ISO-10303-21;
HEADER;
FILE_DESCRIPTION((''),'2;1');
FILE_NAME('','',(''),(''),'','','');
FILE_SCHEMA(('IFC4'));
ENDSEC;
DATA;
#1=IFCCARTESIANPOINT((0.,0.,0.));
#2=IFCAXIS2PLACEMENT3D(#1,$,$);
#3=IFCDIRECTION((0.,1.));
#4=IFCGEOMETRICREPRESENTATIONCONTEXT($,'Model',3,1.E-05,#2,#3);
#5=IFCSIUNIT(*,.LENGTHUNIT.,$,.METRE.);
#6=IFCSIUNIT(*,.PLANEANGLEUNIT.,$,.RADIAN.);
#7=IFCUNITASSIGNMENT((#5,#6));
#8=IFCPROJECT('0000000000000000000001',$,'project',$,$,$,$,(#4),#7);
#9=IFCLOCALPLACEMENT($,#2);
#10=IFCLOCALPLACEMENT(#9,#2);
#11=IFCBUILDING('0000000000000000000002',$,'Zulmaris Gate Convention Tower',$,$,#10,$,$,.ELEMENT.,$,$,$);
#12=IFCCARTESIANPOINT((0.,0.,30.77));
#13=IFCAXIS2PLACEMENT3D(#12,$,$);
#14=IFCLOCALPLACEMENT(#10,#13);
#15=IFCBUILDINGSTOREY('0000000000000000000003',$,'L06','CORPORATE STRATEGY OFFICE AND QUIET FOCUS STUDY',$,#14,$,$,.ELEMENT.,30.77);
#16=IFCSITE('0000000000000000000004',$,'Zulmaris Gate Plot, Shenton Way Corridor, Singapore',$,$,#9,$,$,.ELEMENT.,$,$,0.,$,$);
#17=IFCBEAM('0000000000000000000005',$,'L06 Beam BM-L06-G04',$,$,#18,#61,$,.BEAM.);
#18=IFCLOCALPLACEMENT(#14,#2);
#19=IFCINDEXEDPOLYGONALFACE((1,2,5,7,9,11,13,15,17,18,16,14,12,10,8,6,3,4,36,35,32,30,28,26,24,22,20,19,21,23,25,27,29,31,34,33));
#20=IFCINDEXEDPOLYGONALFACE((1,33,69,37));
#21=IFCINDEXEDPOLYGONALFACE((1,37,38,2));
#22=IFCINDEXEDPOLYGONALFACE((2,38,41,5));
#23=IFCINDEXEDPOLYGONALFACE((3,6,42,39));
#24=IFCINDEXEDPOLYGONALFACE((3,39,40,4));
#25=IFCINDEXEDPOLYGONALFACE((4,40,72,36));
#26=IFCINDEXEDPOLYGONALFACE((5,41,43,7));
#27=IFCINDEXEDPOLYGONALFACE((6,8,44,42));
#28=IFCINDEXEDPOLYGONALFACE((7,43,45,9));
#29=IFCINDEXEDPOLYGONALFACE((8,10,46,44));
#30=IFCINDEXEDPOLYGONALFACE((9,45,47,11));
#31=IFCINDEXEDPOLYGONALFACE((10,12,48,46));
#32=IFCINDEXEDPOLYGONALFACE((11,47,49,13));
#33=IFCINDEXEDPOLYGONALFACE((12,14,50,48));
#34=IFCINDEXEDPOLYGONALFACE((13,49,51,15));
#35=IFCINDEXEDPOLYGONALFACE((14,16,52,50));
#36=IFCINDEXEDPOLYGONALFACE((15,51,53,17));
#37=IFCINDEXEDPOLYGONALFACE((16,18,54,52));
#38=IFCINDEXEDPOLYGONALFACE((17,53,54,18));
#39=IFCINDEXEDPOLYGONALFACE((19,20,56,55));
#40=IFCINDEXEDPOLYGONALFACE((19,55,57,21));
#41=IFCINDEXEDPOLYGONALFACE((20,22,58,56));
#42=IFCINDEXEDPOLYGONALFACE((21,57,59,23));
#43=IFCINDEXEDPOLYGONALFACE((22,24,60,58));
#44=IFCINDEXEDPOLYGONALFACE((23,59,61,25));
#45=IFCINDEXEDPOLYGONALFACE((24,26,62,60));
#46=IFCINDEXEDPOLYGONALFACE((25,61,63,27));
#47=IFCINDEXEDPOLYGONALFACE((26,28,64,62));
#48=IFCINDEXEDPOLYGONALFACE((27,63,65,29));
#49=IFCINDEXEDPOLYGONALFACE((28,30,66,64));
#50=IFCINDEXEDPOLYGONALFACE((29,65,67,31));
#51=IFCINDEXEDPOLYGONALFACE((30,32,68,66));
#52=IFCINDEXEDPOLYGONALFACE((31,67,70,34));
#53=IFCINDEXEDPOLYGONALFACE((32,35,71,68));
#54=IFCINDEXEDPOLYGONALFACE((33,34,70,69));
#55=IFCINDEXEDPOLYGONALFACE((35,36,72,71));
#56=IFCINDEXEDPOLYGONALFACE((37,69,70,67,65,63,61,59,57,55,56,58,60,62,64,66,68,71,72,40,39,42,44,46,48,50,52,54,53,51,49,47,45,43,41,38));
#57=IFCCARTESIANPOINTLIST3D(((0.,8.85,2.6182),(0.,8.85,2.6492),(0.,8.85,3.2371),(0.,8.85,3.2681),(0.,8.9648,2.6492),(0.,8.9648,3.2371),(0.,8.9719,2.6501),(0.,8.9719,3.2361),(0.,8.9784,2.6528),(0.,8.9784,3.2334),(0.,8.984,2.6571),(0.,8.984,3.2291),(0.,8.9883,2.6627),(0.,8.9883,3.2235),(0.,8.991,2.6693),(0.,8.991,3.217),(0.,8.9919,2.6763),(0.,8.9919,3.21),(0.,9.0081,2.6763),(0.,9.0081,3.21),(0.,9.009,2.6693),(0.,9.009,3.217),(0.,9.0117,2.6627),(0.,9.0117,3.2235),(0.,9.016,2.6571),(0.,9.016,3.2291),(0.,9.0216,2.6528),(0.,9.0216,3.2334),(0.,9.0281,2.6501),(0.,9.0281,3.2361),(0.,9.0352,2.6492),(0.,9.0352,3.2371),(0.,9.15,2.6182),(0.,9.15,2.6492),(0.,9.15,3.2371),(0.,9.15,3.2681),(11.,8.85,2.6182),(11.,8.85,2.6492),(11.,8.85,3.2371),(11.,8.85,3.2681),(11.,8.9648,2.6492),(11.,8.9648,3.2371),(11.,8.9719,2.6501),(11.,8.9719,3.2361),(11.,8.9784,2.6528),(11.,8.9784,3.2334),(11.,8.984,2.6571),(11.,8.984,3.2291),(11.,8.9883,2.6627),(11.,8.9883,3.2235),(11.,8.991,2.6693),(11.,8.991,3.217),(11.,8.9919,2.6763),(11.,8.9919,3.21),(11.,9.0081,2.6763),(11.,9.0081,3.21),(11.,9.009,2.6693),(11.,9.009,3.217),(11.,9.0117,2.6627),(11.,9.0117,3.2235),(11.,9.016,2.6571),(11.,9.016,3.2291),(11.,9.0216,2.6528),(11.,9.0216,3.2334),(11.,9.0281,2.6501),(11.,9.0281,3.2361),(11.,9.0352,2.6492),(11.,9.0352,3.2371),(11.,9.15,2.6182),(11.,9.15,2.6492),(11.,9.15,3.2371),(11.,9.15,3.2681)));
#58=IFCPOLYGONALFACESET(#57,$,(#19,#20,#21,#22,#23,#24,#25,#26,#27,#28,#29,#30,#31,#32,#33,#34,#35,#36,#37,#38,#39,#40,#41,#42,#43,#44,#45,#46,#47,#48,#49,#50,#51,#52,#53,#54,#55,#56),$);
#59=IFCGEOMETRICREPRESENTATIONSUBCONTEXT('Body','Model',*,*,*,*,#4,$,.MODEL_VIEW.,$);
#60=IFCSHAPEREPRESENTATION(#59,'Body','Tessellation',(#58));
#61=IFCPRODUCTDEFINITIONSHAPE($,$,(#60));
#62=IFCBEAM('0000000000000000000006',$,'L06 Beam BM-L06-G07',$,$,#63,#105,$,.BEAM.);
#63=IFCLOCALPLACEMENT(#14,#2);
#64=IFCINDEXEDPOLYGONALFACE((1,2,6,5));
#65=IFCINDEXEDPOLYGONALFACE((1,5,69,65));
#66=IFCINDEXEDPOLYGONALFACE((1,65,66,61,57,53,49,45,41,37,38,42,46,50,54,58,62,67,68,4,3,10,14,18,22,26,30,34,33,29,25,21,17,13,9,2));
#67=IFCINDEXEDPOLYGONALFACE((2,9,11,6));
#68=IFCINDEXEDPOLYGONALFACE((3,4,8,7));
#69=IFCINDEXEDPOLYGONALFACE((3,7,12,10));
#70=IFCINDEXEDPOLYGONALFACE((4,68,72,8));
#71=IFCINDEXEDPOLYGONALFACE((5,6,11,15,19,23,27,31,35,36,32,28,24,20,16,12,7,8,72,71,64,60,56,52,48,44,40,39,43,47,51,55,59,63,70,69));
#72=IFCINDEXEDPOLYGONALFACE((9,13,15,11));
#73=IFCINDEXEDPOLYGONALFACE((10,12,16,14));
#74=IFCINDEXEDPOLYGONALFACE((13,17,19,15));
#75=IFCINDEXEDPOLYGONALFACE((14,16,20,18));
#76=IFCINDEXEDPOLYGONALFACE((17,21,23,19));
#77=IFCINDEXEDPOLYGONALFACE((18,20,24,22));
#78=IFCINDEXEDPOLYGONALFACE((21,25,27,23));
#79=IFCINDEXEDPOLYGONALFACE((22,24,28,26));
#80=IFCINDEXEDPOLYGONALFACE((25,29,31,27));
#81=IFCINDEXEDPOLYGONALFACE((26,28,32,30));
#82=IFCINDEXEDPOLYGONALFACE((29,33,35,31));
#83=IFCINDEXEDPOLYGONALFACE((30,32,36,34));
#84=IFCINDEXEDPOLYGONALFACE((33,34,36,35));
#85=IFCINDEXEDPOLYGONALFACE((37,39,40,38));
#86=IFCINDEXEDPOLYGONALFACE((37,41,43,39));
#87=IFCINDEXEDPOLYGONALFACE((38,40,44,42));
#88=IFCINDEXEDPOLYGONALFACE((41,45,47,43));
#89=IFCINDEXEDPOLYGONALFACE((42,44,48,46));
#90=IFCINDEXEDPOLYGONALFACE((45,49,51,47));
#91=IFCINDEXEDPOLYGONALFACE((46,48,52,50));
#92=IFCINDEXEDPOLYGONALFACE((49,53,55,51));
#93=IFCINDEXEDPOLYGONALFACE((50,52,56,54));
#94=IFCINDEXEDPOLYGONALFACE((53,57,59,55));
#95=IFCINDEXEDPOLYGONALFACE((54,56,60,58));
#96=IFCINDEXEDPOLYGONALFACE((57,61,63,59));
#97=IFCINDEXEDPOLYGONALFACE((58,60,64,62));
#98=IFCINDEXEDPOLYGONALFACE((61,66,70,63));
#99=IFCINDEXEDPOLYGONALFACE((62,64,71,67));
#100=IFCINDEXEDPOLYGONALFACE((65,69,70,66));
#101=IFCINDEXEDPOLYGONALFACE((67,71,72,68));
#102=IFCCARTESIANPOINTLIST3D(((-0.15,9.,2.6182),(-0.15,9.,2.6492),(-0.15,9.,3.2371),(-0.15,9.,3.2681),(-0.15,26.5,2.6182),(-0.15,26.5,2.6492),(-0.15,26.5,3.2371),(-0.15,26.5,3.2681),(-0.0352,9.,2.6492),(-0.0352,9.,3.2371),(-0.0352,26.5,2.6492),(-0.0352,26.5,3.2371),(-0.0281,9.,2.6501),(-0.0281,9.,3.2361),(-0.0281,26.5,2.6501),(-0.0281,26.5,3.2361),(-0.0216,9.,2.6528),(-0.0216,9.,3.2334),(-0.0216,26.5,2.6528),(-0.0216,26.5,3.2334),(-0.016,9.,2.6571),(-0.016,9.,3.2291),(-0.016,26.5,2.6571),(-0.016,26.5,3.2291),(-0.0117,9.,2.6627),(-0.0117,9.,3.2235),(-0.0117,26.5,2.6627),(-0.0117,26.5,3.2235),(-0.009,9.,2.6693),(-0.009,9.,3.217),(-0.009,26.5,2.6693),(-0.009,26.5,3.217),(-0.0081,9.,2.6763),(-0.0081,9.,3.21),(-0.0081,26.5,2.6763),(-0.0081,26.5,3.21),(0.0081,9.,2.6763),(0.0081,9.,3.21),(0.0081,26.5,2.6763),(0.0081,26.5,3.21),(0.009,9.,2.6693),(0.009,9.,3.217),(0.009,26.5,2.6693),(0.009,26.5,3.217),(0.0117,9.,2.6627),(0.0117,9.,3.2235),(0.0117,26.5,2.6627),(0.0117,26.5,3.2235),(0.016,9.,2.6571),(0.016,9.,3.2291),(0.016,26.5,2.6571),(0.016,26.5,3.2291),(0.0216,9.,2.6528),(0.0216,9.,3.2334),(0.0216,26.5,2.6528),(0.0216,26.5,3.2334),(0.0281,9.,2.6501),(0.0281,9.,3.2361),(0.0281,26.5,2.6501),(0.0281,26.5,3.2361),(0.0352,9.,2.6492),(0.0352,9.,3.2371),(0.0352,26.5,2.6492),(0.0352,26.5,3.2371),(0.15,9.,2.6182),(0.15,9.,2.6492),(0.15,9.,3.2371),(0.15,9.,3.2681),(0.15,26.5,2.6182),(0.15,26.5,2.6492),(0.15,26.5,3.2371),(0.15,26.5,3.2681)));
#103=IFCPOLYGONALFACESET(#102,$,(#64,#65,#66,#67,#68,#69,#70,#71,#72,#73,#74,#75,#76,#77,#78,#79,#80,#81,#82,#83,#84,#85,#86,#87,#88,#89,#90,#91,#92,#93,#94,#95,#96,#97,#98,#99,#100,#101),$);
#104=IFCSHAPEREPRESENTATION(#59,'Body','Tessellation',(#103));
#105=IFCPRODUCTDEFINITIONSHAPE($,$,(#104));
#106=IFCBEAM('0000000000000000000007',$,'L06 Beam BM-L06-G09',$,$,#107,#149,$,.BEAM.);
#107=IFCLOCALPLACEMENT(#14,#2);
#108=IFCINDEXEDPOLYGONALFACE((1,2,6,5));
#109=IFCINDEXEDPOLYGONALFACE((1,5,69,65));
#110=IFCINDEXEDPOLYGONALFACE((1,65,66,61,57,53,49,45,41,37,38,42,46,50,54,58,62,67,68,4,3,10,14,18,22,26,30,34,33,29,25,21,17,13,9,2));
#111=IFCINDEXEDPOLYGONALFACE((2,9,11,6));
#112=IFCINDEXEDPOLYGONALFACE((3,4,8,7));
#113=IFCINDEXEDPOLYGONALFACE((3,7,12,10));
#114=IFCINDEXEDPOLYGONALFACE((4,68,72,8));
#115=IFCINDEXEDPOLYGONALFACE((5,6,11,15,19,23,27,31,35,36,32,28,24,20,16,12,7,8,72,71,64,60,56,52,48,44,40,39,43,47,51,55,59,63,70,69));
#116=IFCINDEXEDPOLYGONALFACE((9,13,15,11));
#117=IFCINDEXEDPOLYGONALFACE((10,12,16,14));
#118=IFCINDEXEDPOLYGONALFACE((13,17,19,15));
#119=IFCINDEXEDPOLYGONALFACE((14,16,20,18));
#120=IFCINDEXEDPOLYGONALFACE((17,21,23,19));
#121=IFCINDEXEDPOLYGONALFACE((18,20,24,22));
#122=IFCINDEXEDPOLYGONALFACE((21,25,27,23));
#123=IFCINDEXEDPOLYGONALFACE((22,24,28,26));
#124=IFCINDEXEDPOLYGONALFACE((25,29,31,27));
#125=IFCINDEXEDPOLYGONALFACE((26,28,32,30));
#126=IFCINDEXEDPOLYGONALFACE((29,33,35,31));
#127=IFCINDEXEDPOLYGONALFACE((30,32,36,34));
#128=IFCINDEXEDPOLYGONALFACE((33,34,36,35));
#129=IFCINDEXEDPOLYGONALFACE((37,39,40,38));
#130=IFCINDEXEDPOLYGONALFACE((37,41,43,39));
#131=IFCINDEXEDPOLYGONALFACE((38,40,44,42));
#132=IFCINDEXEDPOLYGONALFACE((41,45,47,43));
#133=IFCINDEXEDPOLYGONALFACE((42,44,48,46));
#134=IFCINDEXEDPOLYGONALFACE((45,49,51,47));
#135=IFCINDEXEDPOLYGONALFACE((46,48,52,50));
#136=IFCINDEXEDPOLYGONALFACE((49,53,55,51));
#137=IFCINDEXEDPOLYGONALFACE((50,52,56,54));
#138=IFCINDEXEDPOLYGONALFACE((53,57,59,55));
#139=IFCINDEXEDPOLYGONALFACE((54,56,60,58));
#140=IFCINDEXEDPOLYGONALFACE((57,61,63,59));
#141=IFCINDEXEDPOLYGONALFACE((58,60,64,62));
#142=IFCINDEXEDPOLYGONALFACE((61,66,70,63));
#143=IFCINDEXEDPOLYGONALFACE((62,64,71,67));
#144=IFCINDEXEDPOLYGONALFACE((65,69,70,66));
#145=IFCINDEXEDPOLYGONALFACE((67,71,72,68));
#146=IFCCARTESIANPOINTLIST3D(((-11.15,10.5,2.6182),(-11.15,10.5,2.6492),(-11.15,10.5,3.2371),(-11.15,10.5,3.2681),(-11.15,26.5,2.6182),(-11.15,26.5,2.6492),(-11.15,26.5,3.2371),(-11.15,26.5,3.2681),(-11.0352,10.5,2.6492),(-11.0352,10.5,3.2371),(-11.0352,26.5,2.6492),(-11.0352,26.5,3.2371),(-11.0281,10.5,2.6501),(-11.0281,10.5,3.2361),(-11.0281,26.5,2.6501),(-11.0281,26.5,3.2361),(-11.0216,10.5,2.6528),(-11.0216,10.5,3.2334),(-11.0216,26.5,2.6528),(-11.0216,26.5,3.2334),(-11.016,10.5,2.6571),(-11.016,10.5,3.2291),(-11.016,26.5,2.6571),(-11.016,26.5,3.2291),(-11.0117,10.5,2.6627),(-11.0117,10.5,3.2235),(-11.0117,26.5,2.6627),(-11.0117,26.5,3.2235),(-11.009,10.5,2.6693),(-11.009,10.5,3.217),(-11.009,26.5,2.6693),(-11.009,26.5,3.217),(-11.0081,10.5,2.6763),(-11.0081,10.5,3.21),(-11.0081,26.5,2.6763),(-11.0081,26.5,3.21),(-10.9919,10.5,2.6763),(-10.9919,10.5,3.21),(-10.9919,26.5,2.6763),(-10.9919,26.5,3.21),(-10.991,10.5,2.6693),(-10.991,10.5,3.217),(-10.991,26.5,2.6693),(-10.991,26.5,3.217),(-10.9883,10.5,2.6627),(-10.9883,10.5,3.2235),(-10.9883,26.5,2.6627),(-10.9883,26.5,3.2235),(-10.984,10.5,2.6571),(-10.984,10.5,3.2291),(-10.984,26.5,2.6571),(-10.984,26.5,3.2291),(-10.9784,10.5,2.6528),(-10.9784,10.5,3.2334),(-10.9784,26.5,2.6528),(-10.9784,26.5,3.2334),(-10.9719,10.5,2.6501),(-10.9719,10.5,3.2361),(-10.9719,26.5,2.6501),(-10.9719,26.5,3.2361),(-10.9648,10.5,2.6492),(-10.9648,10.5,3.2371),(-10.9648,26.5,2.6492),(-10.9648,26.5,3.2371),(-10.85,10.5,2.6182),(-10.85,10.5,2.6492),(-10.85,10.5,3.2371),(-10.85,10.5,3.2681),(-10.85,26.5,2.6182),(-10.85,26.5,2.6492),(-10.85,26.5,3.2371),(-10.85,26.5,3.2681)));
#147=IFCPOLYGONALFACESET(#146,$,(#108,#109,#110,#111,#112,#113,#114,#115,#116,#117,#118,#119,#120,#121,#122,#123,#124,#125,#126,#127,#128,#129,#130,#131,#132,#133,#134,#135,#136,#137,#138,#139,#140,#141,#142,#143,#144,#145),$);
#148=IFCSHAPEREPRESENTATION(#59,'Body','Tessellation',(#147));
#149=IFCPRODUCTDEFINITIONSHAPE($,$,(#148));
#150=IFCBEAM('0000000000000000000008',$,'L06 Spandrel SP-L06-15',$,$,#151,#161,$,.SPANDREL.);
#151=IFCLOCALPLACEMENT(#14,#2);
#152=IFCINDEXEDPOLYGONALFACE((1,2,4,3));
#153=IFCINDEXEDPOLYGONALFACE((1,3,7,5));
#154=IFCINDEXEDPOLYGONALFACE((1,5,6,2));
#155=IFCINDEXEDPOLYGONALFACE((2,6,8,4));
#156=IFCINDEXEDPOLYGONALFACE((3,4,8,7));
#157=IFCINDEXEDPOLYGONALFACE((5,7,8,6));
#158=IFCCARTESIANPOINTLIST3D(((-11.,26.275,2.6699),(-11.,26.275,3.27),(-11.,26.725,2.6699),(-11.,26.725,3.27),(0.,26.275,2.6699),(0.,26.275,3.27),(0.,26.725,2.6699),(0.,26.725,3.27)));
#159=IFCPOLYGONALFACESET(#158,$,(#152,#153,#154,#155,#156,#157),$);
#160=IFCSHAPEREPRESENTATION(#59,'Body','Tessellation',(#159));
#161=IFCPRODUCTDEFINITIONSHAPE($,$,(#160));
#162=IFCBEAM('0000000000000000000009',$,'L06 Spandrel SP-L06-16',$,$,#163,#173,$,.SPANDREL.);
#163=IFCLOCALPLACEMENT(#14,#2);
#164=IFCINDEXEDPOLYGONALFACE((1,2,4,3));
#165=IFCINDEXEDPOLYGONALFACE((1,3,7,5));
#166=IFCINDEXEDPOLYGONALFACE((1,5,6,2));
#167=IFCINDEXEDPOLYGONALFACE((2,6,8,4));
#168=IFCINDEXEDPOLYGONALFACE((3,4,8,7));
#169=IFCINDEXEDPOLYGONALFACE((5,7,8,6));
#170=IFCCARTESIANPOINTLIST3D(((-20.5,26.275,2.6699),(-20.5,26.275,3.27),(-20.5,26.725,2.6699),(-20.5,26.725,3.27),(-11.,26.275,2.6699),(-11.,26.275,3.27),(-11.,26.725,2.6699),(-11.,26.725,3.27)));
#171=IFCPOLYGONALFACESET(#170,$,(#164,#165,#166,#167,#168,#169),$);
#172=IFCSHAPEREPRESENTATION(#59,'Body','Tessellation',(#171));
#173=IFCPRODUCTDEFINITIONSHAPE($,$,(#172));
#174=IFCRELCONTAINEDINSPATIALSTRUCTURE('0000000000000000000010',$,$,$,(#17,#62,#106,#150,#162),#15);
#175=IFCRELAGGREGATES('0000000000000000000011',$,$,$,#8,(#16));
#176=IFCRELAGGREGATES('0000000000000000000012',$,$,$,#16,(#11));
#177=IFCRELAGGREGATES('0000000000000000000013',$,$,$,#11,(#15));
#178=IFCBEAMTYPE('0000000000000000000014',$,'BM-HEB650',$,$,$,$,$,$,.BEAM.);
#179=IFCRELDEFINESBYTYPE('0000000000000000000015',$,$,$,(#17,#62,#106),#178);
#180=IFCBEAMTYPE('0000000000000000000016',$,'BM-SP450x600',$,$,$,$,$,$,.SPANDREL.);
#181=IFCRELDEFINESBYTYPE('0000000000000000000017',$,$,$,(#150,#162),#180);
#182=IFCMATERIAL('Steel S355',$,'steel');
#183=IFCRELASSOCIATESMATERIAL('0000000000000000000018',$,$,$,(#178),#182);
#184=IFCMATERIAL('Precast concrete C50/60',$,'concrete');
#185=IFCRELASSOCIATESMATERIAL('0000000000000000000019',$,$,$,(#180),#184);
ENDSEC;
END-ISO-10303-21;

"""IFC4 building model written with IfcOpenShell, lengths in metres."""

from ifc_helpers import new_model, si_unit, direction, frame, origin, origin_2d, place, context, subcontext, project, spatial, rectangle, i_section, extrude, material, material_profile, profile_set, type_object, element, save


model = new_model("IFC4")

# Units and contexts
model_context = context("Model", 3, precision=1e-05, world=origin(), true_north=direction((0.0, 1.0)))
body_context = subcontext(model_context, "Body", "Model", "MODEL_VIEW")
ifc_project = project(units=[si_unit("LENGTHUNIT", "METRE"), si_unit("PLANEANGLEUNIT", "RADIAN")], contexts=[model_context])

# Site, building, storey
site_placement = place(None, origin())
site = spatial("IfcSite", under=ifc_project, at=site_placement, Name="Zulmaris Gate Plot, Shenton Way Corridor, Singapore", CompositionType="ELEMENT", RefElevation=0.0)
building_placement = place(site_placement, origin())
building = spatial("IfcBuilding", under=site, at=building_placement, Name="Zulmaris Gate Convention Tower", CompositionType="ELEMENT")
storey_placement = place(building_placement, frame((0.0, 0.0, 30.77)))
storey = spatial("IfcBuildingStorey", under=building, at=storey_placement, Name="L06", Description="CORPORATE STRATEGY OFFICE AND QUIET FOCUS STUDY", CompositionType="ELEMENT", Elevation=30.77)

# Beams
ifc_material_1 = material(Name="Steel S355", Category="steel")
ifc_material_profile_1 = material_profile(ifc_material_1, i_section(OverallWidth=0.3, OverallDepth=0.6499, WebThickness=0.0161, FlangeThickness=0.031, FilletRadius=0.0271, at=origin_2d()), Name="HEB 650")
ifc_profile_set_1 = profile_set([ifc_material_profile_1], Name="Steel S355")
beam_type_1 = type_object("IfcBeamType", Name="BM-HEB650", PredefinedType="BEAM", material=ifc_profile_set_1)
for number, where, z_axis, x_axis, name in (
    (1, (0.0, 9.0, 2.9431), (1.0, 0.0, 0.0), (0.0, 1.0, 0.0), "L06 Beam BM-L06-G04"),
):
    element("IfcBeam", number, at=place(storey_placement, frame(where, z_axis=z_axis, x_axis=x_axis)), inside=storey, type_object=beam_type_1, Name=name, PredefinedType="BEAM", context=body_context, shape_type="SweptSolid", body=[
        extrude(i_section(OverallWidth=0.3, OverallDepth=0.6499, WebThickness=0.0161, FlangeThickness=0.031, FilletRadius=0.0271, at=origin_2d()), origin(), (0.0, 0.0, 1.0), 11.0),
    ])
beam_1_placement = place(storey_placement, frame((0.0, 9.0, 2.9431), z_axis=(0.0, 1.0, 0.0), x_axis=(-1.0, 0.0, 0.0)))
element("IfcBeam", 2, at=beam_1_placement, inside=storey, type_object=beam_type_1, Name="L06 Beam BM-L06-G07", PredefinedType="BEAM", context=body_context, shape_type="SweptSolid", body=[
    extrude(i_section(OverallWidth=0.3, OverallDepth=0.6499, WebThickness=0.0161, FlangeThickness=0.031, FilletRadius=0.0271, at=origin_2d()), origin(), (0.0, 0.0, 1.0), 17.5),
])
beam_2_placement = place(storey_placement, frame((-11.0, 10.5, 2.9431), z_axis=(0.0, 1.0, 0.0), x_axis=(-1.0, 0.0, 0.0)))
element("IfcBeam", 3, at=beam_2_placement, inside=storey, type_object=beam_type_1, Name="L06 Beam BM-L06-G09", PredefinedType="BEAM", context=body_context, shape_type="SweptSolid", body=[
    extrude(i_section(OverallWidth=0.3, OverallDepth=0.6499, WebThickness=0.0161, FlangeThickness=0.031, FilletRadius=0.0271, at=origin_2d()), origin(), (0.0, 0.0, 1.0), 16.0),
])
ifc_material_2 = material(Name="Precast concrete C50/60", Category="concrete")
ifc_material_profile_2 = material_profile(ifc_material_2, rectangle(XDim=0.45, YDim=0.6001, at=origin_2d()), Name="RC SPANDREL 450x600")
ifc_profile_set_2 = profile_set([ifc_material_profile_2], Name="Precast concrete C50/60")
beam_type_2 = type_object("IfcBeamType", Name="BM-SP450x600", PredefinedType="SPANDREL", material=ifc_profile_set_2)
beam_3_placement = place(storey_placement, frame((0.0, 26.5, 2.97), z_axis=(-1.0, 0.0, 0.0), x_axis=(0.0, -1.0, 0.0)))
element("IfcBeam", 4, at=beam_3_placement, inside=storey, type_object=beam_type_2, Name="L06 Spandrel SP-L06-15", PredefinedType="SPANDREL", context=body_context, shape_type="SweptSolid", body=[
    extrude(rectangle(XDim=0.45, YDim=0.6001, at=origin_2d()), origin(), (0.0, 0.0, 1.0), 11.0),
])
beam_4_placement = place(storey_placement, frame((-11.0, 26.5, 2.97), z_axis=(-1.0, 0.0, 0.0), x_axis=(0.0, -1.0, 0.0)))
element("IfcBeam", 5, at=beam_4_placement, inside=storey, type_object=beam_type_2, Name="L06 Spandrel SP-L06-16", PredefinedType="SPANDREL", context=body_context, shape_type="SweptSolid", body=[
    extrude(rectangle(XDim=0.45, YDim=0.6001, at=origin_2d()), origin(), (0.0, 0.0, 1.0), 9.5),
])

save(model, "model.ifc")
